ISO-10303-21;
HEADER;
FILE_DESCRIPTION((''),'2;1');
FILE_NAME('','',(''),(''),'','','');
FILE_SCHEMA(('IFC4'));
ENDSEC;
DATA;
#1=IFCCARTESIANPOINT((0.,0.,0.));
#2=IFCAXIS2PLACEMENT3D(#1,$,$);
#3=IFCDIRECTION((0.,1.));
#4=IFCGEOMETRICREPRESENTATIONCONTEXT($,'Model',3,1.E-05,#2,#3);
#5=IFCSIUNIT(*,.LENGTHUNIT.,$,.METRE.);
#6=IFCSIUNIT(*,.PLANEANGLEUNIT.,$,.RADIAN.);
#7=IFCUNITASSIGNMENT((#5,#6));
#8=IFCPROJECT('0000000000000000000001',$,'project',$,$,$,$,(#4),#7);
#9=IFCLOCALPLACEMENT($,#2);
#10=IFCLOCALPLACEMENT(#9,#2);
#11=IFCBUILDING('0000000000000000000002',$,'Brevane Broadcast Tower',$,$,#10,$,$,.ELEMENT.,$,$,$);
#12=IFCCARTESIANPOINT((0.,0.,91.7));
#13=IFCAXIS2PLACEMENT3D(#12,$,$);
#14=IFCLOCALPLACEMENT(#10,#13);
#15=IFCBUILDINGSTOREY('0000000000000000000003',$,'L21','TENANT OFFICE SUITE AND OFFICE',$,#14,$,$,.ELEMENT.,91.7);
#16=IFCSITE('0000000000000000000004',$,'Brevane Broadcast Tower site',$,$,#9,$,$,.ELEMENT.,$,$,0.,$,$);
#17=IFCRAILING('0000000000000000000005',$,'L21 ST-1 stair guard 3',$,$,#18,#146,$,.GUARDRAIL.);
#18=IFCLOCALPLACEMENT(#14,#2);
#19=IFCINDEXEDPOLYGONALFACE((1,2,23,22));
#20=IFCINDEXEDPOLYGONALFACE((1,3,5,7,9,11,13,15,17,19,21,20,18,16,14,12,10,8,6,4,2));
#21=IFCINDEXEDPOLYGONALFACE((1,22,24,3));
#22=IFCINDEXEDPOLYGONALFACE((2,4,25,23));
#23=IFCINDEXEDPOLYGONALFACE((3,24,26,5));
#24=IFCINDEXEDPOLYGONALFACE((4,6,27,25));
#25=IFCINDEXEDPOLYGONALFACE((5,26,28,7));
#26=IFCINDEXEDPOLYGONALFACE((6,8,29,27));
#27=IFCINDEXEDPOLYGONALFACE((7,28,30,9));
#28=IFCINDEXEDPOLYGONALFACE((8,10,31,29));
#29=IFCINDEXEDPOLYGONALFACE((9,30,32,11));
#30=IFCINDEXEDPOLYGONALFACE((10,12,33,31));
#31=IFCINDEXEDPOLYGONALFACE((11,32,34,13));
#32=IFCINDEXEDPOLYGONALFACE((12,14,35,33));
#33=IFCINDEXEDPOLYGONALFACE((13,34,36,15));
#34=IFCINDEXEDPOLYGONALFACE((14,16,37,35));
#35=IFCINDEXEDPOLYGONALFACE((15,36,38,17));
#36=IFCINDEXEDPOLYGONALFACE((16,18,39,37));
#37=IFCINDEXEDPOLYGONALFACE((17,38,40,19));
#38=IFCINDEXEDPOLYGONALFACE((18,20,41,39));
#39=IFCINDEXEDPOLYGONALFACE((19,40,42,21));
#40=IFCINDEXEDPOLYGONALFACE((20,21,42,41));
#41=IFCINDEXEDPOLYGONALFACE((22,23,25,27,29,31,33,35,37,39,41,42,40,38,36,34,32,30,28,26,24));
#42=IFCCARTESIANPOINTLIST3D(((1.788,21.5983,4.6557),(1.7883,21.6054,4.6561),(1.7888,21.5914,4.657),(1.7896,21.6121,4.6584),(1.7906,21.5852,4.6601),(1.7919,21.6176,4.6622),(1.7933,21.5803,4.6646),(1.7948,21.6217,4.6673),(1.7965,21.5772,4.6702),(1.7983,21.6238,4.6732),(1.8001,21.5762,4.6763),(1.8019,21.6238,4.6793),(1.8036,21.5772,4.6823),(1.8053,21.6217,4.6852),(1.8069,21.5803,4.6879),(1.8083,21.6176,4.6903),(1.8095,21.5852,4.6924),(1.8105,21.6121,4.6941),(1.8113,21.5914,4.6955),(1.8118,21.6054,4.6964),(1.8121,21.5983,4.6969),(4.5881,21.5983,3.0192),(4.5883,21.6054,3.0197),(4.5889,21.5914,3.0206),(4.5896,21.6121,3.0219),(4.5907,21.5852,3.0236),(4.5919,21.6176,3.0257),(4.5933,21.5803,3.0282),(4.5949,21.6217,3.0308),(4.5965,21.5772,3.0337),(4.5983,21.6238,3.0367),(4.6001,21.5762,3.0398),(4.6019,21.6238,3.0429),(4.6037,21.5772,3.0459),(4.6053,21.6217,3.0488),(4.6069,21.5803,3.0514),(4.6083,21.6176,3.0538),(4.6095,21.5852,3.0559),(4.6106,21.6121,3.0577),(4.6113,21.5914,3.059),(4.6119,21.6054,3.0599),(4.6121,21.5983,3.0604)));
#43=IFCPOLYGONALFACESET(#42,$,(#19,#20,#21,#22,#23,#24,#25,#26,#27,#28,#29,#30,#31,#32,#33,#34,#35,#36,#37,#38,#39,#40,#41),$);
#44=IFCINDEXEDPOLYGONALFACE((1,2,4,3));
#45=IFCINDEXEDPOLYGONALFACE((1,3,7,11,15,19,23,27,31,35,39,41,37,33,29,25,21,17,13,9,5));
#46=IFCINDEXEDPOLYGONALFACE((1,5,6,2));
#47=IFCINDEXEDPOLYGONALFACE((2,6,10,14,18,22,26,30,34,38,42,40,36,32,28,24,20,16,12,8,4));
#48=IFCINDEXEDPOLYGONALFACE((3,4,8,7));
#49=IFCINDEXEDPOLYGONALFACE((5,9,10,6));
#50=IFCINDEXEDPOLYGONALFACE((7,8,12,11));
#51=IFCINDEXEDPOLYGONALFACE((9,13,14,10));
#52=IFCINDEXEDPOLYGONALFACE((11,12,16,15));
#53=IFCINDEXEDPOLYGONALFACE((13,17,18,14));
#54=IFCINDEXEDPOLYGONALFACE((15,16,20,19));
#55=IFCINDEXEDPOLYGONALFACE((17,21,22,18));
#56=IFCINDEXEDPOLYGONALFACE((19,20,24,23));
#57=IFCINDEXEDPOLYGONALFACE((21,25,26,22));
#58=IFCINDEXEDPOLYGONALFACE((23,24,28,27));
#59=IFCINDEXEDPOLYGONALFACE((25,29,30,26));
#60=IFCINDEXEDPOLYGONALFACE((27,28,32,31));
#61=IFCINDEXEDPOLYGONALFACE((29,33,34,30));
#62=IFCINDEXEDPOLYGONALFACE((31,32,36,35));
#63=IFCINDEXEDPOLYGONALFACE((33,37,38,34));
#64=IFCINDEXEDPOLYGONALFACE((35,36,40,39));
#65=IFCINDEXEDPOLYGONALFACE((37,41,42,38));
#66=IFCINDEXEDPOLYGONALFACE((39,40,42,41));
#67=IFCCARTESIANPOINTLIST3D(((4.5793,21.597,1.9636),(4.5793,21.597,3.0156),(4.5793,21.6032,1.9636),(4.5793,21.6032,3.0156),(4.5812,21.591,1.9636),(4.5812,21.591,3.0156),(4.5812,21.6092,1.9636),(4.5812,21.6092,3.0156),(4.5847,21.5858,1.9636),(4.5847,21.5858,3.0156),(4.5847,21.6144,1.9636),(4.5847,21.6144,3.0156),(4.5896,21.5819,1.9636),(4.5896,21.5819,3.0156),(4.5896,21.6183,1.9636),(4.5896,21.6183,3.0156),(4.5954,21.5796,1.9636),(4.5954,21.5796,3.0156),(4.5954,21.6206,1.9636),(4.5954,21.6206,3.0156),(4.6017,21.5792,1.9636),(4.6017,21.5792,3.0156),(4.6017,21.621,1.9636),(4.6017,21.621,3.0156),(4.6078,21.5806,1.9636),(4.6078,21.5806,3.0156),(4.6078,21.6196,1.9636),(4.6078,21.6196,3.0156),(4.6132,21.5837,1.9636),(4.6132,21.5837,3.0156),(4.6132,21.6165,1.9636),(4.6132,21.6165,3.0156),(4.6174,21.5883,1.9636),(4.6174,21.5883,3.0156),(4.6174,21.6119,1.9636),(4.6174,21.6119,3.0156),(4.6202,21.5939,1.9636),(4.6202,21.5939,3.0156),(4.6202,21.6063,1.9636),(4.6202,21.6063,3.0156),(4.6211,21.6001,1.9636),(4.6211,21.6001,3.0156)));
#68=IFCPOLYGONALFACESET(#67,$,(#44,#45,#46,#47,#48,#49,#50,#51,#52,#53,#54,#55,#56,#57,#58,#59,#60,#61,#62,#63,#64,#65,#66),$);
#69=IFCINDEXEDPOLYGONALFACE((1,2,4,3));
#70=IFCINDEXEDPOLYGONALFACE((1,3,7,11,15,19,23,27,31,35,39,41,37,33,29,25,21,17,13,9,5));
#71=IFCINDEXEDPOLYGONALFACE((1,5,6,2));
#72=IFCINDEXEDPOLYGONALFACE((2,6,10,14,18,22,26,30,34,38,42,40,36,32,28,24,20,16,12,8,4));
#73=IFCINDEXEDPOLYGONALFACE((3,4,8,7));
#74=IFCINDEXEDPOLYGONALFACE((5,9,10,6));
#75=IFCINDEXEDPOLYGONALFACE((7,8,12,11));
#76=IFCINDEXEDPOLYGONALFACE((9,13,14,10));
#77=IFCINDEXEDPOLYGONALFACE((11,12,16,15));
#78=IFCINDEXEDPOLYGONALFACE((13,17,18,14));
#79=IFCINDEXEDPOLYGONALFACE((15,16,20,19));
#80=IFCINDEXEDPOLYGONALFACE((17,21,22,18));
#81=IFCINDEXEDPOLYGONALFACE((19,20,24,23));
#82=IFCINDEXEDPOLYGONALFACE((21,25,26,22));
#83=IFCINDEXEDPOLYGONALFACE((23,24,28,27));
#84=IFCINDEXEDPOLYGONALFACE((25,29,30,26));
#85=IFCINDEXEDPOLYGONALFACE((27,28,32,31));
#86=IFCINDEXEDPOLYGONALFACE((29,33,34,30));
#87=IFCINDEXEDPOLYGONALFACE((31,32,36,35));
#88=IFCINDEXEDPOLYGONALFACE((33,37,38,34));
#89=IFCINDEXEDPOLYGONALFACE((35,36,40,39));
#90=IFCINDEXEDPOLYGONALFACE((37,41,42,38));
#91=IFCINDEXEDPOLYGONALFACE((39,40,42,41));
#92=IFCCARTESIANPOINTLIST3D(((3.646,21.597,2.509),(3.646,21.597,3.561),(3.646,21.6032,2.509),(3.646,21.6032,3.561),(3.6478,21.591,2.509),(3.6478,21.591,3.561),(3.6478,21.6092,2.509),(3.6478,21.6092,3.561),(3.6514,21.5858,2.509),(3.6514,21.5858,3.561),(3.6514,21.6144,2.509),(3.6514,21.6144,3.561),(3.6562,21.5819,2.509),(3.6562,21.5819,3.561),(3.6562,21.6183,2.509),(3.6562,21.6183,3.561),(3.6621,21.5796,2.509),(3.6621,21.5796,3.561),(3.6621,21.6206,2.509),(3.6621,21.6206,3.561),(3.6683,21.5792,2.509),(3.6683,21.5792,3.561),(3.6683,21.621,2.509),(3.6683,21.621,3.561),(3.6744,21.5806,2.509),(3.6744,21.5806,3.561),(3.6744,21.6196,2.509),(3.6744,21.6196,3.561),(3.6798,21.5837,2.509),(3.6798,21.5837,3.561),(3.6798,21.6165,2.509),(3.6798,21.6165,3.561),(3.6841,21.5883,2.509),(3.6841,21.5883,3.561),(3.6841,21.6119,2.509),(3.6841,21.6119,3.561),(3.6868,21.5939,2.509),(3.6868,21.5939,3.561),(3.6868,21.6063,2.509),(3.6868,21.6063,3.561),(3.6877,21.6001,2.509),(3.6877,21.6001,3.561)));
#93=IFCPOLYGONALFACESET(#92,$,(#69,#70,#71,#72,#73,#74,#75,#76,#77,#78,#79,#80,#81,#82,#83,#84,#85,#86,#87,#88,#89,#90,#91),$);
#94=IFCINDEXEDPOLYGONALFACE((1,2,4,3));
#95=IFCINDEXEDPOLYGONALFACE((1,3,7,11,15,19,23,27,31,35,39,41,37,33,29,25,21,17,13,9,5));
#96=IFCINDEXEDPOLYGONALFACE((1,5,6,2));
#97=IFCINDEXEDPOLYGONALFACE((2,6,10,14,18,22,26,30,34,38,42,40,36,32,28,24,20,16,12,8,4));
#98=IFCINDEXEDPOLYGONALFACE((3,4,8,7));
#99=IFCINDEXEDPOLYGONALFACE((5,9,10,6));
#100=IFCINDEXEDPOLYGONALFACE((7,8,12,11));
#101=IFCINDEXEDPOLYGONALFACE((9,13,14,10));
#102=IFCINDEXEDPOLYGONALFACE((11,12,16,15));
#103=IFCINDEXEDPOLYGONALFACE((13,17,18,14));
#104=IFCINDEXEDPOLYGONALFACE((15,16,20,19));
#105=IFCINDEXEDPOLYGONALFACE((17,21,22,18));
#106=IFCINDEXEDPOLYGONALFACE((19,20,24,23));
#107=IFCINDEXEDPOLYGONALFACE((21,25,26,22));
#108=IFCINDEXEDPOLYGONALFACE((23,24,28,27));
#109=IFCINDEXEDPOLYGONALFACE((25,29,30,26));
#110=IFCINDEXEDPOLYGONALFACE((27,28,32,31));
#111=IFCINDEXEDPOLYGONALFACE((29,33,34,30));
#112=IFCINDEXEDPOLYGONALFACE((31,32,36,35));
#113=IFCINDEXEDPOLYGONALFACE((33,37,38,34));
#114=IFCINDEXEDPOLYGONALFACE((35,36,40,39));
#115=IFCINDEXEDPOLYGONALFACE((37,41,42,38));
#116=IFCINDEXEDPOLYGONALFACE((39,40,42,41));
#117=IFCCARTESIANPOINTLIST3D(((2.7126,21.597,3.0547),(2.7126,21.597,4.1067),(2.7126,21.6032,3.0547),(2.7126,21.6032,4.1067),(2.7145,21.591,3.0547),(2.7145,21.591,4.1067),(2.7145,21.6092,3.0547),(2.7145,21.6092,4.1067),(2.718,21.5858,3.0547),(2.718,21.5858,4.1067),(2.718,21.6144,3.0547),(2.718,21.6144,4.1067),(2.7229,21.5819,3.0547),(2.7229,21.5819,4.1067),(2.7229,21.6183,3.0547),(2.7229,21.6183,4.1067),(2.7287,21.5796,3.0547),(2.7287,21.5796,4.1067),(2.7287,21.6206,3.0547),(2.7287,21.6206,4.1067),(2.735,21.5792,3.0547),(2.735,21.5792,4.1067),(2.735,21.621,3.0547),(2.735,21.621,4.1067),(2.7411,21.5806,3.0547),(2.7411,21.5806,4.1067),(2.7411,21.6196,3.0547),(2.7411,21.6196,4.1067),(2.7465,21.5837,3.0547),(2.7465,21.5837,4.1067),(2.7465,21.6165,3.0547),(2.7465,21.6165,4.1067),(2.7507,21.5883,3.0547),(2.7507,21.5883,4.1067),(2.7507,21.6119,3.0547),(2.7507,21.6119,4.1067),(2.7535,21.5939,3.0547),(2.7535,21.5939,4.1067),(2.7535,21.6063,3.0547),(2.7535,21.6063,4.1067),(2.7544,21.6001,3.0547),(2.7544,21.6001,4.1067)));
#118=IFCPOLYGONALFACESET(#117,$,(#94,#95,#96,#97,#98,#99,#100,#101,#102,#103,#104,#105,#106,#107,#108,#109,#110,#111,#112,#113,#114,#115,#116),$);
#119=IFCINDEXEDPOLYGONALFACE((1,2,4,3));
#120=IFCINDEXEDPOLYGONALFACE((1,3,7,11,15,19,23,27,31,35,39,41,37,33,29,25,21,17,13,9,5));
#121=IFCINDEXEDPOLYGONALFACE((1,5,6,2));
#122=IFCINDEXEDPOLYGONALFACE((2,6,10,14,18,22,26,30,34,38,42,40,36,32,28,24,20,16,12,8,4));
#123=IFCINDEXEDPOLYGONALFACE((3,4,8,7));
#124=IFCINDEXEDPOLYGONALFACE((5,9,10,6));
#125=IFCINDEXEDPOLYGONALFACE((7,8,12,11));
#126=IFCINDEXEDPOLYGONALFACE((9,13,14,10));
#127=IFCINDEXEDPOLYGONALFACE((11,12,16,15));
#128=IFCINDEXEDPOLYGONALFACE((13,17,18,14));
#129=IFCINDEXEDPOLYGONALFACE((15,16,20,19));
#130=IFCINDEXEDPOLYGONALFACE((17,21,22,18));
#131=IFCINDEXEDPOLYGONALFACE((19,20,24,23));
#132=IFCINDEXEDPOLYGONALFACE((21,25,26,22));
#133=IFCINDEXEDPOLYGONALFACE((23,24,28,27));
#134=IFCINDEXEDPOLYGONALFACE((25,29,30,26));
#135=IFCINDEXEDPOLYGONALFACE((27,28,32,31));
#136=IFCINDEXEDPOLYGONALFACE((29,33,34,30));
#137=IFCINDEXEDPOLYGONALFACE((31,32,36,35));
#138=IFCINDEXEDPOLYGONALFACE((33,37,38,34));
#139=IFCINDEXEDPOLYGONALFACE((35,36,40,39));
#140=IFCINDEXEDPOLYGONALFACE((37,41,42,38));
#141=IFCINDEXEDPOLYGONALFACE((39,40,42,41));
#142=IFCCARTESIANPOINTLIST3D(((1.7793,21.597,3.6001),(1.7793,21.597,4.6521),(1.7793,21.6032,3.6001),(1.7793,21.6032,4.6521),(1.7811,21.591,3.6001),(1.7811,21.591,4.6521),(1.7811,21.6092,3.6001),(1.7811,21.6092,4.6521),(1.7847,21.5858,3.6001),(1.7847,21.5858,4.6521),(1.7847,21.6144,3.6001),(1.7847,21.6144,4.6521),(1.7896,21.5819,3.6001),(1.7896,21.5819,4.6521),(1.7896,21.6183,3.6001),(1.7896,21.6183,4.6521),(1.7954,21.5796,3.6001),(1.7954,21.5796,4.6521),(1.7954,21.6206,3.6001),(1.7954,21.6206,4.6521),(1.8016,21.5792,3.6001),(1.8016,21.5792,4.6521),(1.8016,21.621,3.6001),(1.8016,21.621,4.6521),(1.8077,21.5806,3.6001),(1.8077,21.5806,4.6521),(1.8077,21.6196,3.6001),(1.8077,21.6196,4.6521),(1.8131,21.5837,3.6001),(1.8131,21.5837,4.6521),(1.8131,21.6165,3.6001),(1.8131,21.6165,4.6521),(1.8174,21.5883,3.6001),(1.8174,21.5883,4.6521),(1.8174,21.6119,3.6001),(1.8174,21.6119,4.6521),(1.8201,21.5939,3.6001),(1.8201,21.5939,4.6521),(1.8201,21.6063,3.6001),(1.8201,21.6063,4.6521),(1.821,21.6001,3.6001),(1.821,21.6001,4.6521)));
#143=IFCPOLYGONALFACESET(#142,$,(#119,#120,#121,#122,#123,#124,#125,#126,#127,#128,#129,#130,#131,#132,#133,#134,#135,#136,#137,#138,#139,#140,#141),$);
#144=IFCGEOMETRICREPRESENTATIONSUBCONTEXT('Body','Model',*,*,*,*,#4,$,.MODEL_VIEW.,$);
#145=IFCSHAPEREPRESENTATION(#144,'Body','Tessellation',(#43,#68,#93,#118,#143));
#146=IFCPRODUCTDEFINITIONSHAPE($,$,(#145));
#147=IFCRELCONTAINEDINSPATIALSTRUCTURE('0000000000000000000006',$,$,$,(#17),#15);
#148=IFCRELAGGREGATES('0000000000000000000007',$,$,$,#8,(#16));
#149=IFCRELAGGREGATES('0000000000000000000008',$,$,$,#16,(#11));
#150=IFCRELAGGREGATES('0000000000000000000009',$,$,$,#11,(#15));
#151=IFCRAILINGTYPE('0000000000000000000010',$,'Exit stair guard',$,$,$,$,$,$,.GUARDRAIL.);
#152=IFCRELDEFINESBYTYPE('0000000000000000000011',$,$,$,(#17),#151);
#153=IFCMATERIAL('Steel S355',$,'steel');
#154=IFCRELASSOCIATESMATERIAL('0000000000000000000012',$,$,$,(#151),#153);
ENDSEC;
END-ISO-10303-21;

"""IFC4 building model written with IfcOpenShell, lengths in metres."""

from ifc_helpers import new_model, si_unit, direction, frame, origin, origin_2d, place, context, subcontext, project, spatial, circle, extrude, material, type_object, element, save


model = new_model("IFC4")

# Units and contexts
model_context = context("Model", 3, precision=1e-05, world=origin(), true_north=direction((0.0, 1.0)))
body_context = subcontext(model_context, "Body", "Model", "MODEL_VIEW")
ifc_project = project(units=[si_unit("LENGTHUNIT", "METRE"), si_unit("PLANEANGLEUNIT", "RADIAN")], contexts=[model_context])

# Site, building, storey
site_placement = place(None, origin())
site = spatial("IfcSite", under=ifc_project, at=site_placement, Name="Brevane Broadcast Tower site", CompositionType="ELEMENT", RefElevation=0.0)
building_placement = place(site_placement, origin())
building = spatial("IfcBuilding", under=site, at=building_placement, Name="Brevane Broadcast Tower", CompositionType="ELEMENT")
storey_placement = place(building_placement, frame((0.0, 0.0, 91.7)))
storey = spatial("IfcBuildingStorey", under=building, at=storey_placement, Name="L21", Description="TENANT OFFICE SUITE AND OFFICE", CompositionType="ELEMENT", Elevation=91.7)

# Railing
ifc_material_1 = material(Name="Steel S355", Category="steel")
railing_type_1 = type_object("IfcRailingType", Name="Exit stair guard", PredefinedType="GUARDRAIL", material=ifc_material_1)
railing_1_placement = place(storey_placement, frame((4.6001, 21.6001, 1.9636)))
element("IfcRailing", 1, at=railing_1_placement, inside=storey, type_object=railing_type_1, Name="L21 ST-1 stair guard 3", PredefinedType="GUARDRAIL", context=body_context, shape_type="SweptSolid", body=[
    extrude(circle(Radius=0.0239, at=origin_2d()), frame((0.0, 0.0, 1.0762), z_axis=(-0.863361, 0.0, 0.504587), x_axis=(0.0, -1.0, 0.0)), (0.0, 0.0, 1.0), 3.2432),
    extrude(circle(Radius=0.021, at=origin_2d()), origin(), (0.0, 0.0, 1.0), 1.052),
    extrude(circle(Radius=0.021, at=origin_2d()), frame((-0.9333, 0.0, 0.5454)), (0.0, 0.0, 1.0), 1.052),
    extrude(circle(Radius=0.021, at=origin_2d()), frame((-1.8667, 0.0, 1.0911)), (0.0, 0.0, 1.0), 1.052),
    extrude(circle(Radius=0.021, at=origin_2d()), frame((-2.8, 0.0, 1.6365)), (0.0, 0.0, 1.0), 1.052),
])

save(model, "model.ifc")
